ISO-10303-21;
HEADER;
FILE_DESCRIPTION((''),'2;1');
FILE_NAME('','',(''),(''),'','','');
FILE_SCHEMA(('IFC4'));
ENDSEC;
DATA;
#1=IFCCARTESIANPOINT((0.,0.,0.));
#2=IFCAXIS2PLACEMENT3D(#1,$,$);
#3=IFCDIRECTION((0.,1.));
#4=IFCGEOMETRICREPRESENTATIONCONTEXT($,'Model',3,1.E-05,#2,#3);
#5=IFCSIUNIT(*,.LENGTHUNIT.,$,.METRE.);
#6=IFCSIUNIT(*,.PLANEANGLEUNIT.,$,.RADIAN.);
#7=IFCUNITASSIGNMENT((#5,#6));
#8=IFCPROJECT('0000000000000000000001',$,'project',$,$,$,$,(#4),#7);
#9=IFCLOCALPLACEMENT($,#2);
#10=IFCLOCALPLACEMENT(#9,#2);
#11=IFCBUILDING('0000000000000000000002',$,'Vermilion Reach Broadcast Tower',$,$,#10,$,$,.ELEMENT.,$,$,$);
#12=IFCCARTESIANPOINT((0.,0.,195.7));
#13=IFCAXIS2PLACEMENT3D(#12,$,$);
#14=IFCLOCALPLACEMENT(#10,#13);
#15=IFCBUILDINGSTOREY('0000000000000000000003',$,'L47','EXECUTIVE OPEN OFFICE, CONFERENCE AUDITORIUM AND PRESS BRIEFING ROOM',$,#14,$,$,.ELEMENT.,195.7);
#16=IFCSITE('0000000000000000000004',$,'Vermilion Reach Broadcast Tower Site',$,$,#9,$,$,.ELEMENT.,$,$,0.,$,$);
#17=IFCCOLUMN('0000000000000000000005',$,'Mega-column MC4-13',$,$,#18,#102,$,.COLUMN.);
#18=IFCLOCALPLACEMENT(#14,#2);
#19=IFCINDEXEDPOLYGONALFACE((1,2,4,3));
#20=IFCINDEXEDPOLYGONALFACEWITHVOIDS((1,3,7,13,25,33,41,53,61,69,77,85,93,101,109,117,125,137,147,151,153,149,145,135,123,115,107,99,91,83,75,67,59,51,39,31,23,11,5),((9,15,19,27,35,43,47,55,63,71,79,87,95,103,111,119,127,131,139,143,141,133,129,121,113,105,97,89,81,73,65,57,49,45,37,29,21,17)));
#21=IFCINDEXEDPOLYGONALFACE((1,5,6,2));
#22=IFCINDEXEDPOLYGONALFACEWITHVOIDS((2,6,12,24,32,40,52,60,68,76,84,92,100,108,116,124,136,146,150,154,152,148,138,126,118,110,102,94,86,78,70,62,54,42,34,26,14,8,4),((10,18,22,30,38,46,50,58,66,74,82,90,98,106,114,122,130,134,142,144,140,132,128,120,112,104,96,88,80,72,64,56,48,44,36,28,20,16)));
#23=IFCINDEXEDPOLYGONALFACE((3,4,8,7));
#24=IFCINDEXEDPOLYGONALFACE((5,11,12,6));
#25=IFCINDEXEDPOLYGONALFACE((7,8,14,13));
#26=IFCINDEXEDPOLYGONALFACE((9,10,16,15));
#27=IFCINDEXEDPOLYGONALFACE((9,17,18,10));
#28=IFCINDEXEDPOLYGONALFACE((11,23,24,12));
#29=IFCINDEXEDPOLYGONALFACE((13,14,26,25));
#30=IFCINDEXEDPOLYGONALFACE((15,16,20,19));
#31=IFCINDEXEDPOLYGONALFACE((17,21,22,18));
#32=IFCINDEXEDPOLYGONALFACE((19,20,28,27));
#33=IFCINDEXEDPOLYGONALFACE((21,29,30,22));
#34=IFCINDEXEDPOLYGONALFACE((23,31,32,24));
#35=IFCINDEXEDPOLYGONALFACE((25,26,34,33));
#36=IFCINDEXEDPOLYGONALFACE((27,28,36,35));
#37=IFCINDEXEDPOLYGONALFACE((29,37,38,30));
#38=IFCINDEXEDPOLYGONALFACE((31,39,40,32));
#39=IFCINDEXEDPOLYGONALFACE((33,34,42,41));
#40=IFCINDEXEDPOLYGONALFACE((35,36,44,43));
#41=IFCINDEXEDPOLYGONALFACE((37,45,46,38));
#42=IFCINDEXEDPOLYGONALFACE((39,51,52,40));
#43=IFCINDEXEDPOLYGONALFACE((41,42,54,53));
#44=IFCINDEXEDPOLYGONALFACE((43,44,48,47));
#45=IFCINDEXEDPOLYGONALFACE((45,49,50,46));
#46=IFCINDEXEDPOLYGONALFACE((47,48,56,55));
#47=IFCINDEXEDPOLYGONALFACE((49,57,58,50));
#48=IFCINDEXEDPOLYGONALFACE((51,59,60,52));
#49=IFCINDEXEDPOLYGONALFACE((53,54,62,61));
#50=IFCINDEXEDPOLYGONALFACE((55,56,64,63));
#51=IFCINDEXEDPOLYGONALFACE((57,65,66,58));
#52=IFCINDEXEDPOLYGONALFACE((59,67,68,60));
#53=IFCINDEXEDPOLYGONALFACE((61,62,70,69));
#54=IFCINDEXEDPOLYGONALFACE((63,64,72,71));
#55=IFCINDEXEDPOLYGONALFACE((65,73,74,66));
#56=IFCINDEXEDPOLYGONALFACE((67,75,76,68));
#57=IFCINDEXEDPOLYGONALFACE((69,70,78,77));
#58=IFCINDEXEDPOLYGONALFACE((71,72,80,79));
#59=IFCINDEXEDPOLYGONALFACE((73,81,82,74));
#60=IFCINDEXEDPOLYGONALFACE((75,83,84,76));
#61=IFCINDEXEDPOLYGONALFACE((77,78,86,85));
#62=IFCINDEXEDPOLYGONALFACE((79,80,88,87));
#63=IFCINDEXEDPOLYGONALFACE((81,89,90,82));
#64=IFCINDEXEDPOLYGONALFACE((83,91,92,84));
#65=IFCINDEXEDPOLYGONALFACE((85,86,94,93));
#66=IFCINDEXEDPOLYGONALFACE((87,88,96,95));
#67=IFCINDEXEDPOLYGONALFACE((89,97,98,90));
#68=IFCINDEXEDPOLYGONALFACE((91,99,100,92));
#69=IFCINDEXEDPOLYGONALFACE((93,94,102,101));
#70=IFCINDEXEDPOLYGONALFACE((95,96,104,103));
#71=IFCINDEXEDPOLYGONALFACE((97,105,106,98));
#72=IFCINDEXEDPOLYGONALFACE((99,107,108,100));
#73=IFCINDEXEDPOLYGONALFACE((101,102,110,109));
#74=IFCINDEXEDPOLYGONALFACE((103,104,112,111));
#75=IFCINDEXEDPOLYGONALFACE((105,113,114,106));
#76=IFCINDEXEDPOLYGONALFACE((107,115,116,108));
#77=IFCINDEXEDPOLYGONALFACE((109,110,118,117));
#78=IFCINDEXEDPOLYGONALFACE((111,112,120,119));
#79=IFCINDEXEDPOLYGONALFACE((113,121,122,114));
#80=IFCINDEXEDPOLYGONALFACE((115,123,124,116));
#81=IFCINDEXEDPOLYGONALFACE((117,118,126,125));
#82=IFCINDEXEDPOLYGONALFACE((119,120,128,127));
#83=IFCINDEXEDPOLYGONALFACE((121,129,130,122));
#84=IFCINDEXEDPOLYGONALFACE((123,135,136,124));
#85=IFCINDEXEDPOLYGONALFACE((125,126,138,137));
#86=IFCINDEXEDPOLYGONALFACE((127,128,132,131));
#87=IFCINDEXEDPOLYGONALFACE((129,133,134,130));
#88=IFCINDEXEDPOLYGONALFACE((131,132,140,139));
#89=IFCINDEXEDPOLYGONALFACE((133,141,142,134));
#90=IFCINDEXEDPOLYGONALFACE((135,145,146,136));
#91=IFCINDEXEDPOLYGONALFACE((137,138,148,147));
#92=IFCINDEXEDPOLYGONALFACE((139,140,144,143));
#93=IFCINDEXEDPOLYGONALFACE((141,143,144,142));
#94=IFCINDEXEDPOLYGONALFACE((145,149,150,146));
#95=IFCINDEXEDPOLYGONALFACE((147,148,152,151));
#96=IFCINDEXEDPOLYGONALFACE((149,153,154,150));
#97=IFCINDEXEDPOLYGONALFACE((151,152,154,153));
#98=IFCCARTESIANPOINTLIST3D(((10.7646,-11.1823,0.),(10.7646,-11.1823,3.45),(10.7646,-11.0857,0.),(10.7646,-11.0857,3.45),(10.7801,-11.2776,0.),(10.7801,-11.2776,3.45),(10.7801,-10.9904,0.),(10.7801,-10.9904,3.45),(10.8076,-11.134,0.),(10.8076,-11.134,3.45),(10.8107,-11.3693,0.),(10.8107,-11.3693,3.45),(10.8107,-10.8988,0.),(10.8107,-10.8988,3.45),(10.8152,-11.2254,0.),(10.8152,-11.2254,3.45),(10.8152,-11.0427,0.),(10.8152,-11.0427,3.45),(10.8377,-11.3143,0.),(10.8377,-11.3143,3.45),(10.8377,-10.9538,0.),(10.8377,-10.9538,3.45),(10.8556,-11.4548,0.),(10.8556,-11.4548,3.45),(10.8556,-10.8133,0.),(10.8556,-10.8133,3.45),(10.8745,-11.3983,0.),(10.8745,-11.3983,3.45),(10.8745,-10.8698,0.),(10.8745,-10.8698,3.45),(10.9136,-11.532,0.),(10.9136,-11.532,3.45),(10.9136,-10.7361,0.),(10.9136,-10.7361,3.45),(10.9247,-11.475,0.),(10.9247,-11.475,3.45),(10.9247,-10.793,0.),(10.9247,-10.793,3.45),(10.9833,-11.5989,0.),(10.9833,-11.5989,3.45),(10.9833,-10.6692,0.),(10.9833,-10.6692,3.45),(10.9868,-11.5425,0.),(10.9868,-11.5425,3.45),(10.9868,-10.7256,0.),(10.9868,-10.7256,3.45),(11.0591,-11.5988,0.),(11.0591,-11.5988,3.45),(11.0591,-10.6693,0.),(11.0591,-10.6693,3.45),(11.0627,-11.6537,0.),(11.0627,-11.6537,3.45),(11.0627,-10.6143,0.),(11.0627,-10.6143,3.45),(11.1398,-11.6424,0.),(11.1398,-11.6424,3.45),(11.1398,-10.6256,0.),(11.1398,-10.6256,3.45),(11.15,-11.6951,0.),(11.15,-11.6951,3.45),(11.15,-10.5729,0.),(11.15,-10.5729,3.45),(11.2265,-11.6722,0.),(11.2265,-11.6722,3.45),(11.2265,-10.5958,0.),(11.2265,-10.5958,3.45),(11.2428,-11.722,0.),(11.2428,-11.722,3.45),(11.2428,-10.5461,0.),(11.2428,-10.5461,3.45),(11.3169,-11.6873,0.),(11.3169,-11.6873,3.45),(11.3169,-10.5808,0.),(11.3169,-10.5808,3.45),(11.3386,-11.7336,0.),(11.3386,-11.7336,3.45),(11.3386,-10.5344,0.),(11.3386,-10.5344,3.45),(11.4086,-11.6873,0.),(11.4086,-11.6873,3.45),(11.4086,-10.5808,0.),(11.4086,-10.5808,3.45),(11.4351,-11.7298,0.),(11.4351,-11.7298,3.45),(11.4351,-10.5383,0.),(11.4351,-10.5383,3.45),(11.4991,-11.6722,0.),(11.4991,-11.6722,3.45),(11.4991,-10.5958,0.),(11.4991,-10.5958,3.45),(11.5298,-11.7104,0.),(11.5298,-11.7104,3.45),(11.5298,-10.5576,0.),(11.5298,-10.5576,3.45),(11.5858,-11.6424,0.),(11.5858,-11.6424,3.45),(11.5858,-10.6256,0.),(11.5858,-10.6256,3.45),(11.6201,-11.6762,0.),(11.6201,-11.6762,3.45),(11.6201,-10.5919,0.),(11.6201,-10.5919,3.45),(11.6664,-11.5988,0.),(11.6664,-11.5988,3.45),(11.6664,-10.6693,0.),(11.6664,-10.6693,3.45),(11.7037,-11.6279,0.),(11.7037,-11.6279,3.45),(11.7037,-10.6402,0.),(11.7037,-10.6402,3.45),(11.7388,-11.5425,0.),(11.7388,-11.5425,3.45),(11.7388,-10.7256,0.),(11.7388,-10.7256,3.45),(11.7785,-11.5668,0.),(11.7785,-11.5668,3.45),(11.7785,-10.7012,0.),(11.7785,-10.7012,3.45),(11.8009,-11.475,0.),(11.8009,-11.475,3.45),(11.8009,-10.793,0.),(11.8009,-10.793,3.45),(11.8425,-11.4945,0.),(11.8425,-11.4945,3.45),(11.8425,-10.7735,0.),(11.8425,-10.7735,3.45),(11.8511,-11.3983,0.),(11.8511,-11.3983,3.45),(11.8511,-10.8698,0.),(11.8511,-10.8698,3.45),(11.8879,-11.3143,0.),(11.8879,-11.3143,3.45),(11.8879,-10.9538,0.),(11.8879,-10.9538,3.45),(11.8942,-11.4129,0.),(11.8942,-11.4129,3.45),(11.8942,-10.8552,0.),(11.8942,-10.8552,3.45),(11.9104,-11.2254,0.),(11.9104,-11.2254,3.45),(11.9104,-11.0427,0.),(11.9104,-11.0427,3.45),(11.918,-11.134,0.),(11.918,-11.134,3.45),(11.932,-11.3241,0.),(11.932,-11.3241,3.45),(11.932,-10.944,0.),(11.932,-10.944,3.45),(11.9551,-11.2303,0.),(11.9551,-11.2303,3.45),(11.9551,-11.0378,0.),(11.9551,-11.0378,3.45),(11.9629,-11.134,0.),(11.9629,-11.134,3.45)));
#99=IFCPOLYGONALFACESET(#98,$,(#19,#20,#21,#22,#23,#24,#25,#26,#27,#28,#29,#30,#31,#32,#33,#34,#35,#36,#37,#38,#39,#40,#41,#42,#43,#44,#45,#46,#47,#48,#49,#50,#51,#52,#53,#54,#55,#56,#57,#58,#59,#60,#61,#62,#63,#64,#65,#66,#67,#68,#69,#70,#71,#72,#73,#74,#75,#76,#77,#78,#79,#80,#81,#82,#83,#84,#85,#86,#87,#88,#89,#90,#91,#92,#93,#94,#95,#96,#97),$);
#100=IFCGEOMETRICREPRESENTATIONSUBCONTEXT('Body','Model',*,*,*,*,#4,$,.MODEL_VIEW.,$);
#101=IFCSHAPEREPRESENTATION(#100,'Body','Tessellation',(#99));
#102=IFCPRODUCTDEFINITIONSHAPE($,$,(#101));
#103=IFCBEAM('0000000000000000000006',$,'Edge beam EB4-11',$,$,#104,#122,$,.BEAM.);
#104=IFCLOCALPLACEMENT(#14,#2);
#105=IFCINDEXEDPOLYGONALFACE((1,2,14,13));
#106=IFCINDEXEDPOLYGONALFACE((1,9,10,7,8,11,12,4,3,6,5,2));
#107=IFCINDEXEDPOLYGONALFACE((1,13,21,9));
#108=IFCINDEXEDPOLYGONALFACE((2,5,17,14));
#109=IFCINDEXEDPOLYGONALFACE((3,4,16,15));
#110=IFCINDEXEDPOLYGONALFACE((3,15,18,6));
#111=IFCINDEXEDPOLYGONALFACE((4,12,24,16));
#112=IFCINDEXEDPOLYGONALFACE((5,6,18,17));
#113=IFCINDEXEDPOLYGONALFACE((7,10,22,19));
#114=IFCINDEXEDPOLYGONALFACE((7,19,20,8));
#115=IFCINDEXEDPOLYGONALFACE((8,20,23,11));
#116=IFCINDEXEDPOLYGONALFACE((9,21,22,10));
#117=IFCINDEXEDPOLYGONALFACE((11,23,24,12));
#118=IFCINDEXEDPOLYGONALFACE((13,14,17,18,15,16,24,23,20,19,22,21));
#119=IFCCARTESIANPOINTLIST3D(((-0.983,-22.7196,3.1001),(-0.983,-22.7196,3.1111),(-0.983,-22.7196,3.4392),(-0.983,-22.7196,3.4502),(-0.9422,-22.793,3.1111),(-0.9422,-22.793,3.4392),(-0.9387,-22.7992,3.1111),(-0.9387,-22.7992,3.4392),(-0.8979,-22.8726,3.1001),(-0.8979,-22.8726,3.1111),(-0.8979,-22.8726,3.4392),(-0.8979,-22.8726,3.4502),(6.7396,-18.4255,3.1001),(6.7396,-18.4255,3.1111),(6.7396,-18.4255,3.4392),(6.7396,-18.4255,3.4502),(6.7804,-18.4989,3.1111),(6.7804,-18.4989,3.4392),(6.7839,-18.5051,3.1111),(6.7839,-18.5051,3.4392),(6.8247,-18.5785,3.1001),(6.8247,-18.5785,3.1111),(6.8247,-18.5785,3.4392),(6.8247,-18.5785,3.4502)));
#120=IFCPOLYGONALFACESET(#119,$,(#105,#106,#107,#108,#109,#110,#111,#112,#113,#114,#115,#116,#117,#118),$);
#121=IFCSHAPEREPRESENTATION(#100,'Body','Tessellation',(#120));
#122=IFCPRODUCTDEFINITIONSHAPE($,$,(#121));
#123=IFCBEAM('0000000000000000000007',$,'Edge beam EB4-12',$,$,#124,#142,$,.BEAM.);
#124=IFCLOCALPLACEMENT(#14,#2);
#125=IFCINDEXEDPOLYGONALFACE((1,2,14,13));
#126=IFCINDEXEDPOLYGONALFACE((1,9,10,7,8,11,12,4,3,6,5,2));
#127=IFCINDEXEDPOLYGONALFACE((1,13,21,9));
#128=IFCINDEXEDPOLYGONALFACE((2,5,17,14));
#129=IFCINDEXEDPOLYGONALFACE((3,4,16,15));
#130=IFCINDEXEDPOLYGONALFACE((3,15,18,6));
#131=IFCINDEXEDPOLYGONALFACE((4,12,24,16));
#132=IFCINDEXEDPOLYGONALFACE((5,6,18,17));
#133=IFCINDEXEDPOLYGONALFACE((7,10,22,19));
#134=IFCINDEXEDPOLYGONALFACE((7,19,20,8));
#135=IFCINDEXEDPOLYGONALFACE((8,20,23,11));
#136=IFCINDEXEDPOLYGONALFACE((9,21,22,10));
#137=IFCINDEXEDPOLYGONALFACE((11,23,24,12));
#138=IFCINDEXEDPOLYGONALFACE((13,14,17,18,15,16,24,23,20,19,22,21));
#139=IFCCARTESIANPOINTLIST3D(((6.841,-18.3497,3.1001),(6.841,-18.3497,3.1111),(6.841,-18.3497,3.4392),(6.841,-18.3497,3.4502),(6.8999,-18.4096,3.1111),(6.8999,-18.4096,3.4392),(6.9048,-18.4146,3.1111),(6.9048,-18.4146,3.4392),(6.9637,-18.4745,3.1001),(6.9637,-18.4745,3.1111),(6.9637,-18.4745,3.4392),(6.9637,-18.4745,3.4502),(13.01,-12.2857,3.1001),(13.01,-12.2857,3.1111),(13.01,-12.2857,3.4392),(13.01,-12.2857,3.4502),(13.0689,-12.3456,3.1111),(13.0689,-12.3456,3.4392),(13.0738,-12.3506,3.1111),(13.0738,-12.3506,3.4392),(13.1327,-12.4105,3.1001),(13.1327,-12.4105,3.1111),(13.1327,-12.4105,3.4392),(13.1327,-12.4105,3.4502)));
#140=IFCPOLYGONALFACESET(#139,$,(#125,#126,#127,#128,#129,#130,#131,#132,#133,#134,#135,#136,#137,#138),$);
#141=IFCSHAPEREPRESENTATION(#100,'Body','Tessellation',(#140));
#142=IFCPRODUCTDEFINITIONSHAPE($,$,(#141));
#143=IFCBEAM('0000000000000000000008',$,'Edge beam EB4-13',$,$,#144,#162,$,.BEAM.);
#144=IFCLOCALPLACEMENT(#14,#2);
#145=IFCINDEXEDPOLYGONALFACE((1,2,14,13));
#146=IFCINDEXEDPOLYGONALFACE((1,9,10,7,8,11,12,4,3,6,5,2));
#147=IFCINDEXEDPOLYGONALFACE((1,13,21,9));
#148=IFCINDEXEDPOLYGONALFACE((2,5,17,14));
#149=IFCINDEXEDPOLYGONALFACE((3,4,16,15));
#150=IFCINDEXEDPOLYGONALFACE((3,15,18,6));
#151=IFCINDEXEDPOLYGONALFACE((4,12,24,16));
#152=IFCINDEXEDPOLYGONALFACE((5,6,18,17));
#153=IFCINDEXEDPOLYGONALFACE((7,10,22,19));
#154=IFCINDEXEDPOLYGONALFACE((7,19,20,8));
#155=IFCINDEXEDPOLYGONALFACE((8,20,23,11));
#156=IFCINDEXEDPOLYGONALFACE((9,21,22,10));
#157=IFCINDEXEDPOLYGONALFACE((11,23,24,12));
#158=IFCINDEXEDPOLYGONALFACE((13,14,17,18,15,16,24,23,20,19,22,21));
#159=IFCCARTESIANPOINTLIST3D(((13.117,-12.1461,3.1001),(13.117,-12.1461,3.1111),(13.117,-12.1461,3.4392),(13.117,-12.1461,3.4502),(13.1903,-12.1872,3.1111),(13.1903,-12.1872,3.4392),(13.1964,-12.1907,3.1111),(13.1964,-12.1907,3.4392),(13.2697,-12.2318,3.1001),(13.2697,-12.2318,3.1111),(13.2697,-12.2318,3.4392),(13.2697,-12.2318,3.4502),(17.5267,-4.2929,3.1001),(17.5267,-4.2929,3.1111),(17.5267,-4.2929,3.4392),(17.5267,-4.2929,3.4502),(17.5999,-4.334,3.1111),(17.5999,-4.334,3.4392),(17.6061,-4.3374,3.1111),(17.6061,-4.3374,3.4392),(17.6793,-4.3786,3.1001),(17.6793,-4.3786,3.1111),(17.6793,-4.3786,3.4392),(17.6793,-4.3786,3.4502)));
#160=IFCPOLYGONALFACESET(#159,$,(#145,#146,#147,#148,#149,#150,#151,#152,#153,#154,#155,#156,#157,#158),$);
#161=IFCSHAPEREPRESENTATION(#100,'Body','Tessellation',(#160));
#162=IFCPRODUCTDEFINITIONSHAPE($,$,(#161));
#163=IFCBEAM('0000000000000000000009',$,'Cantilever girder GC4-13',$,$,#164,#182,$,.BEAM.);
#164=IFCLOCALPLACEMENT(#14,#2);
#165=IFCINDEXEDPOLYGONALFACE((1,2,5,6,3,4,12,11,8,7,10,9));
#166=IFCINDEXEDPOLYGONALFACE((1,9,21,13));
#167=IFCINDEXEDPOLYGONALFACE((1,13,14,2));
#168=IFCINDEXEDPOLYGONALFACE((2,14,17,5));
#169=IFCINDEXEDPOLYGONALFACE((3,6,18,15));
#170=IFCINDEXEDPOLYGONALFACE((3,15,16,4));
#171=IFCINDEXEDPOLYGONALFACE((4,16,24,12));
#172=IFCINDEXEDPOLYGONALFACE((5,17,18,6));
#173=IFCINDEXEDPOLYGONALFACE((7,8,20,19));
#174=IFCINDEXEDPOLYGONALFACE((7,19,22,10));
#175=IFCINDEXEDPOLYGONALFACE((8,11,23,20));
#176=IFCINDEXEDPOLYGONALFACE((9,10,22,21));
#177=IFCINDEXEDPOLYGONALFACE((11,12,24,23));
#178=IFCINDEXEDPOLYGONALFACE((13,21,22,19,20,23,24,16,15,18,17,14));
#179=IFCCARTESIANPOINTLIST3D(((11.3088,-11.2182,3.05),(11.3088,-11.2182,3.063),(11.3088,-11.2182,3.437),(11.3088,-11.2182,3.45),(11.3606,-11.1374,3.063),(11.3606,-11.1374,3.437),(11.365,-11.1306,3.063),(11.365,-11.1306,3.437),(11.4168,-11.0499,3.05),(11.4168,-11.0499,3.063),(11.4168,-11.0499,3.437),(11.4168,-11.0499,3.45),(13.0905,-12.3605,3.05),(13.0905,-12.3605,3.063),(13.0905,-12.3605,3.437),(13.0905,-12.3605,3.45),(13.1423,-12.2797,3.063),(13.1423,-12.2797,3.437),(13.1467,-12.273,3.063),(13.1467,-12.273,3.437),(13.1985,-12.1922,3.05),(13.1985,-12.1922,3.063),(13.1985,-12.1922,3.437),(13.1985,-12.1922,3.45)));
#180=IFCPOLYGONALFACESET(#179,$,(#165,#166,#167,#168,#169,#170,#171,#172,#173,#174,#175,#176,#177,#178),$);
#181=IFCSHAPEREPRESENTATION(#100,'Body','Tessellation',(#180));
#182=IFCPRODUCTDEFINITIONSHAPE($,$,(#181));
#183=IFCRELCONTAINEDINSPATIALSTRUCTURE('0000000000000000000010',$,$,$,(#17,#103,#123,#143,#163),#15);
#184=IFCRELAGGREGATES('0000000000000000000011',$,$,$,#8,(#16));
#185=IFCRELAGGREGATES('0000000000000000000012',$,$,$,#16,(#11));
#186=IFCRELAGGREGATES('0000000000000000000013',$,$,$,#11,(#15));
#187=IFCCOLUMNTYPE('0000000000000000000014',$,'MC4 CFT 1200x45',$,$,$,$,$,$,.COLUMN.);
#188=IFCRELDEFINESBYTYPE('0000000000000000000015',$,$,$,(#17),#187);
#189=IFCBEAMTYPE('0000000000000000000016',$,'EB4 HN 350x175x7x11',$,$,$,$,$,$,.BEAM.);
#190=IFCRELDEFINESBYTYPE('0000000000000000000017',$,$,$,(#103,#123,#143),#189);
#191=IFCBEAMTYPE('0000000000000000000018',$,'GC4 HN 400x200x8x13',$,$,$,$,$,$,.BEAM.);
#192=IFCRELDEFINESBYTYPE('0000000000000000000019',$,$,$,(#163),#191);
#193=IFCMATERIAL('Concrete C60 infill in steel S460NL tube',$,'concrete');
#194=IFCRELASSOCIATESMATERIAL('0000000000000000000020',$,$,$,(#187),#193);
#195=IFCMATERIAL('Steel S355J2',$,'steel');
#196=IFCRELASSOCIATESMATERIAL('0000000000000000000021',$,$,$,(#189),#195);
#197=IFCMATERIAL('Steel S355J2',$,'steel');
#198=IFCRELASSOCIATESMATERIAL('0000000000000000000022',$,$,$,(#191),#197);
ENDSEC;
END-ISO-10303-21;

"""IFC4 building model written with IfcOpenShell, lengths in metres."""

from ifc_helpers import new_model, si_unit, direction, frame, origin, origin_2d, place, context, subcontext, project, spatial, hollow_circle, i_section, extrude, material, material_profile, profile_set, type_object, element, save


model = new_model("IFC4")

# Units and contexts
model_context = context("Model", 3, precision=1e-05, world=origin(), true_north=direction((0.0, 1.0)))
body_context = subcontext(model_context, "Body", "Model", "MODEL_VIEW")
ifc_project = project(units=[si_unit("LENGTHUNIT", "METRE"), si_unit("PLANEANGLEUNIT", "RADIAN")], contexts=[model_context])

# Site, building, storey
site_placement = place(None, origin())
site = spatial("IfcSite", under=ifc_project, at=site_placement, Name="Vermilion Reach Broadcast Tower Site", CompositionType="ELEMENT", RefElevation=0.0)
building_placement = place(site_placement, origin())
building = spatial("IfcBuilding", under=site, at=building_placement, Name="Vermilion Reach Broadcast Tower", CompositionType="ELEMENT")
storey_placement = place(building_placement, frame((0.0, 0.0, 195.7)))
storey = spatial("IfcBuildingStorey", under=building, at=storey_placement, Name="L47", Description="EXECUTIVE OPEN OFFICE, CONFERENCE AUDITORIUM AND PRESS BRIEFING ROOM", CompositionType="ELEMENT", Elevation=195.7)

# Column
ifc_material_1 = material(Name="Concrete C60 infill in steel S460NL tube", Category="concrete")
ifc_material_profile_1 = material_profile(ifc_material_1, hollow_circle(Radius=0.6001, WallThickness=0.0449, at=origin_2d()), Name="Concrete C60 infill in steel S460NL tube CFT 1200x45")
ifc_profile_set_1 = profile_set([ifc_material_profile_1], Name="Concrete C60 infill in steel S460NL tube")
column_type = type_object("IfcColumnType", Name="MC4 CFT 1200x45", PredefinedType="COLUMN", material=ifc_profile_set_1)
for number, where, z_axis, x_axis, name in (
    (1, (11.3628, -11.134, 0.0), (0.0, 0.0, 1.0), (1.0, 0.0, 0.0), "Mega-column MC4-13"),
):
    element("IfcColumn", number, at=place(storey_placement, frame(where, z_axis=z_axis, x_axis=x_axis)), inside=storey, type_object=column_type, Name=name, PredefinedType="COLUMN", context=body_context, shape_type="SweptSolid", body=[
        extrude(hollow_circle(Radius=0.6001, WallThickness=0.0449, at=origin_2d()), origin(), (0.0, 0.0, 1.0), 3.45),
    ])

# Beams
ifc_material_2 = material(Name="Steel S355J2", Category="steel")
ifc_material_profile_2 = material_profile(ifc_material_2, i_section(OverallWidth=0.175, OverallDepth=0.3501, WebThickness=0.0071, FlangeThickness=0.011, at=origin_2d()), Name="S355J2 HN 350x175x7x11")
ifc_profile_set_2 = profile_set([ifc_material_profile_2], Name="Steel S355J2")
beam_type_1 = type_object("IfcBeamType", Name="EB4 HN 350x175x7x11", PredefinedType="BEAM", material=ifc_profile_set_2)
beam_1_placement = place(storey_placement, frame((-0.9404, -22.7961, 3.2751), z_axis=(0.873973, 0.485974, 0.0), x_axis=(-0.485974, 0.873973, 0.0)))
element("IfcBeam", 2, at=beam_1_placement, inside=storey, type_object=beam_type_1, Name="Edge beam EB4-11", PredefinedType="BEAM", context=body_context, shape_type="SweptSolid", body=[
    extrude(i_section(OverallWidth=0.175, OverallDepth=0.3501, WebThickness=0.0071, FlangeThickness=0.011, at=origin_2d()), origin(), (0.0, 0.0, 1.0), 8.8362),
])
beam_2_placement = place(storey_placement, frame((6.9023, -18.4121, 3.2751), z_axis=(0.713149, 0.701013, 0.0), x_axis=(-0.701013, 0.713149, 0.0)))
element("IfcBeam", 3, at=beam_2_placement, inside=storey, type_object=beam_type_1, Name="Edge beam EB4-12", PredefinedType="BEAM", context=body_context, shape_type="SweptSolid", body=[
    extrude(i_section(OverallWidth=0.175, OverallDepth=0.3501, WebThickness=0.0071, FlangeThickness=0.011, at=origin_2d()), origin(), (0.0, 0.0, 1.0), 8.6504),
])
beam_3_placement = place(storey_placement, frame((13.1934, -12.189, 3.2751), z_axis=(0.489603, 0.871945, 0.0), x_axis=(-0.871945, 0.489603, 0.0)))
element("IfcBeam", 4, at=beam_3_placement, inside=storey, type_object=beam_type_1, Name="Edge beam EB4-13", PredefinedType="BEAM", context=body_context, shape_type="SweptSolid", body=[
    extrude(i_section(OverallWidth=0.175, OverallDepth=0.3501, WebThickness=0.0071, FlangeThickness=0.011, at=origin_2d()), origin(), (0.0, 0.0, 1.0), 9.0066),
])
ifc_material_3 = material(Name="Steel S355J2", Category="steel")
ifc_material_profile_3 = material_profile(ifc_material_3, i_section(OverallWidth=0.2, OverallDepth=0.3999, WebThickness=0.0081, FlangeThickness=0.0129, at=origin_2d()), Name="S355J2 HN 400x200x8x13")
ifc_profile_set_3 = profile_set([ifc_material_profile_3], Name="Steel S355J2")
beam_type_2 = type_object("IfcBeamType", Name="GC4 HN 400x200x8x13", PredefinedType="BEAM", material=ifc_profile_set_3)
beam_4_placement = place(storey_placement, frame((11.3628, -11.134, 3.25), z_axis=(0.841837, -0.539731, 0.0), x_axis=(0.539731, 0.841837, 0.0)))
element("IfcBeam", 5, at=beam_4_placement, inside=storey, type_object=beam_type_2, Name="Cantilever girder GC4-13", PredefinedType="BEAM", context=body_context, shape_type="SweptSolid", body=[
    extrude(i_section(OverallWidth=0.2, OverallDepth=0.3999, WebThickness=0.0081, FlangeThickness=0.0129, at=origin_2d()), origin(), (0.0, 0.0, 1.0), 2.1165),
])

save(model, "model.ifc")
